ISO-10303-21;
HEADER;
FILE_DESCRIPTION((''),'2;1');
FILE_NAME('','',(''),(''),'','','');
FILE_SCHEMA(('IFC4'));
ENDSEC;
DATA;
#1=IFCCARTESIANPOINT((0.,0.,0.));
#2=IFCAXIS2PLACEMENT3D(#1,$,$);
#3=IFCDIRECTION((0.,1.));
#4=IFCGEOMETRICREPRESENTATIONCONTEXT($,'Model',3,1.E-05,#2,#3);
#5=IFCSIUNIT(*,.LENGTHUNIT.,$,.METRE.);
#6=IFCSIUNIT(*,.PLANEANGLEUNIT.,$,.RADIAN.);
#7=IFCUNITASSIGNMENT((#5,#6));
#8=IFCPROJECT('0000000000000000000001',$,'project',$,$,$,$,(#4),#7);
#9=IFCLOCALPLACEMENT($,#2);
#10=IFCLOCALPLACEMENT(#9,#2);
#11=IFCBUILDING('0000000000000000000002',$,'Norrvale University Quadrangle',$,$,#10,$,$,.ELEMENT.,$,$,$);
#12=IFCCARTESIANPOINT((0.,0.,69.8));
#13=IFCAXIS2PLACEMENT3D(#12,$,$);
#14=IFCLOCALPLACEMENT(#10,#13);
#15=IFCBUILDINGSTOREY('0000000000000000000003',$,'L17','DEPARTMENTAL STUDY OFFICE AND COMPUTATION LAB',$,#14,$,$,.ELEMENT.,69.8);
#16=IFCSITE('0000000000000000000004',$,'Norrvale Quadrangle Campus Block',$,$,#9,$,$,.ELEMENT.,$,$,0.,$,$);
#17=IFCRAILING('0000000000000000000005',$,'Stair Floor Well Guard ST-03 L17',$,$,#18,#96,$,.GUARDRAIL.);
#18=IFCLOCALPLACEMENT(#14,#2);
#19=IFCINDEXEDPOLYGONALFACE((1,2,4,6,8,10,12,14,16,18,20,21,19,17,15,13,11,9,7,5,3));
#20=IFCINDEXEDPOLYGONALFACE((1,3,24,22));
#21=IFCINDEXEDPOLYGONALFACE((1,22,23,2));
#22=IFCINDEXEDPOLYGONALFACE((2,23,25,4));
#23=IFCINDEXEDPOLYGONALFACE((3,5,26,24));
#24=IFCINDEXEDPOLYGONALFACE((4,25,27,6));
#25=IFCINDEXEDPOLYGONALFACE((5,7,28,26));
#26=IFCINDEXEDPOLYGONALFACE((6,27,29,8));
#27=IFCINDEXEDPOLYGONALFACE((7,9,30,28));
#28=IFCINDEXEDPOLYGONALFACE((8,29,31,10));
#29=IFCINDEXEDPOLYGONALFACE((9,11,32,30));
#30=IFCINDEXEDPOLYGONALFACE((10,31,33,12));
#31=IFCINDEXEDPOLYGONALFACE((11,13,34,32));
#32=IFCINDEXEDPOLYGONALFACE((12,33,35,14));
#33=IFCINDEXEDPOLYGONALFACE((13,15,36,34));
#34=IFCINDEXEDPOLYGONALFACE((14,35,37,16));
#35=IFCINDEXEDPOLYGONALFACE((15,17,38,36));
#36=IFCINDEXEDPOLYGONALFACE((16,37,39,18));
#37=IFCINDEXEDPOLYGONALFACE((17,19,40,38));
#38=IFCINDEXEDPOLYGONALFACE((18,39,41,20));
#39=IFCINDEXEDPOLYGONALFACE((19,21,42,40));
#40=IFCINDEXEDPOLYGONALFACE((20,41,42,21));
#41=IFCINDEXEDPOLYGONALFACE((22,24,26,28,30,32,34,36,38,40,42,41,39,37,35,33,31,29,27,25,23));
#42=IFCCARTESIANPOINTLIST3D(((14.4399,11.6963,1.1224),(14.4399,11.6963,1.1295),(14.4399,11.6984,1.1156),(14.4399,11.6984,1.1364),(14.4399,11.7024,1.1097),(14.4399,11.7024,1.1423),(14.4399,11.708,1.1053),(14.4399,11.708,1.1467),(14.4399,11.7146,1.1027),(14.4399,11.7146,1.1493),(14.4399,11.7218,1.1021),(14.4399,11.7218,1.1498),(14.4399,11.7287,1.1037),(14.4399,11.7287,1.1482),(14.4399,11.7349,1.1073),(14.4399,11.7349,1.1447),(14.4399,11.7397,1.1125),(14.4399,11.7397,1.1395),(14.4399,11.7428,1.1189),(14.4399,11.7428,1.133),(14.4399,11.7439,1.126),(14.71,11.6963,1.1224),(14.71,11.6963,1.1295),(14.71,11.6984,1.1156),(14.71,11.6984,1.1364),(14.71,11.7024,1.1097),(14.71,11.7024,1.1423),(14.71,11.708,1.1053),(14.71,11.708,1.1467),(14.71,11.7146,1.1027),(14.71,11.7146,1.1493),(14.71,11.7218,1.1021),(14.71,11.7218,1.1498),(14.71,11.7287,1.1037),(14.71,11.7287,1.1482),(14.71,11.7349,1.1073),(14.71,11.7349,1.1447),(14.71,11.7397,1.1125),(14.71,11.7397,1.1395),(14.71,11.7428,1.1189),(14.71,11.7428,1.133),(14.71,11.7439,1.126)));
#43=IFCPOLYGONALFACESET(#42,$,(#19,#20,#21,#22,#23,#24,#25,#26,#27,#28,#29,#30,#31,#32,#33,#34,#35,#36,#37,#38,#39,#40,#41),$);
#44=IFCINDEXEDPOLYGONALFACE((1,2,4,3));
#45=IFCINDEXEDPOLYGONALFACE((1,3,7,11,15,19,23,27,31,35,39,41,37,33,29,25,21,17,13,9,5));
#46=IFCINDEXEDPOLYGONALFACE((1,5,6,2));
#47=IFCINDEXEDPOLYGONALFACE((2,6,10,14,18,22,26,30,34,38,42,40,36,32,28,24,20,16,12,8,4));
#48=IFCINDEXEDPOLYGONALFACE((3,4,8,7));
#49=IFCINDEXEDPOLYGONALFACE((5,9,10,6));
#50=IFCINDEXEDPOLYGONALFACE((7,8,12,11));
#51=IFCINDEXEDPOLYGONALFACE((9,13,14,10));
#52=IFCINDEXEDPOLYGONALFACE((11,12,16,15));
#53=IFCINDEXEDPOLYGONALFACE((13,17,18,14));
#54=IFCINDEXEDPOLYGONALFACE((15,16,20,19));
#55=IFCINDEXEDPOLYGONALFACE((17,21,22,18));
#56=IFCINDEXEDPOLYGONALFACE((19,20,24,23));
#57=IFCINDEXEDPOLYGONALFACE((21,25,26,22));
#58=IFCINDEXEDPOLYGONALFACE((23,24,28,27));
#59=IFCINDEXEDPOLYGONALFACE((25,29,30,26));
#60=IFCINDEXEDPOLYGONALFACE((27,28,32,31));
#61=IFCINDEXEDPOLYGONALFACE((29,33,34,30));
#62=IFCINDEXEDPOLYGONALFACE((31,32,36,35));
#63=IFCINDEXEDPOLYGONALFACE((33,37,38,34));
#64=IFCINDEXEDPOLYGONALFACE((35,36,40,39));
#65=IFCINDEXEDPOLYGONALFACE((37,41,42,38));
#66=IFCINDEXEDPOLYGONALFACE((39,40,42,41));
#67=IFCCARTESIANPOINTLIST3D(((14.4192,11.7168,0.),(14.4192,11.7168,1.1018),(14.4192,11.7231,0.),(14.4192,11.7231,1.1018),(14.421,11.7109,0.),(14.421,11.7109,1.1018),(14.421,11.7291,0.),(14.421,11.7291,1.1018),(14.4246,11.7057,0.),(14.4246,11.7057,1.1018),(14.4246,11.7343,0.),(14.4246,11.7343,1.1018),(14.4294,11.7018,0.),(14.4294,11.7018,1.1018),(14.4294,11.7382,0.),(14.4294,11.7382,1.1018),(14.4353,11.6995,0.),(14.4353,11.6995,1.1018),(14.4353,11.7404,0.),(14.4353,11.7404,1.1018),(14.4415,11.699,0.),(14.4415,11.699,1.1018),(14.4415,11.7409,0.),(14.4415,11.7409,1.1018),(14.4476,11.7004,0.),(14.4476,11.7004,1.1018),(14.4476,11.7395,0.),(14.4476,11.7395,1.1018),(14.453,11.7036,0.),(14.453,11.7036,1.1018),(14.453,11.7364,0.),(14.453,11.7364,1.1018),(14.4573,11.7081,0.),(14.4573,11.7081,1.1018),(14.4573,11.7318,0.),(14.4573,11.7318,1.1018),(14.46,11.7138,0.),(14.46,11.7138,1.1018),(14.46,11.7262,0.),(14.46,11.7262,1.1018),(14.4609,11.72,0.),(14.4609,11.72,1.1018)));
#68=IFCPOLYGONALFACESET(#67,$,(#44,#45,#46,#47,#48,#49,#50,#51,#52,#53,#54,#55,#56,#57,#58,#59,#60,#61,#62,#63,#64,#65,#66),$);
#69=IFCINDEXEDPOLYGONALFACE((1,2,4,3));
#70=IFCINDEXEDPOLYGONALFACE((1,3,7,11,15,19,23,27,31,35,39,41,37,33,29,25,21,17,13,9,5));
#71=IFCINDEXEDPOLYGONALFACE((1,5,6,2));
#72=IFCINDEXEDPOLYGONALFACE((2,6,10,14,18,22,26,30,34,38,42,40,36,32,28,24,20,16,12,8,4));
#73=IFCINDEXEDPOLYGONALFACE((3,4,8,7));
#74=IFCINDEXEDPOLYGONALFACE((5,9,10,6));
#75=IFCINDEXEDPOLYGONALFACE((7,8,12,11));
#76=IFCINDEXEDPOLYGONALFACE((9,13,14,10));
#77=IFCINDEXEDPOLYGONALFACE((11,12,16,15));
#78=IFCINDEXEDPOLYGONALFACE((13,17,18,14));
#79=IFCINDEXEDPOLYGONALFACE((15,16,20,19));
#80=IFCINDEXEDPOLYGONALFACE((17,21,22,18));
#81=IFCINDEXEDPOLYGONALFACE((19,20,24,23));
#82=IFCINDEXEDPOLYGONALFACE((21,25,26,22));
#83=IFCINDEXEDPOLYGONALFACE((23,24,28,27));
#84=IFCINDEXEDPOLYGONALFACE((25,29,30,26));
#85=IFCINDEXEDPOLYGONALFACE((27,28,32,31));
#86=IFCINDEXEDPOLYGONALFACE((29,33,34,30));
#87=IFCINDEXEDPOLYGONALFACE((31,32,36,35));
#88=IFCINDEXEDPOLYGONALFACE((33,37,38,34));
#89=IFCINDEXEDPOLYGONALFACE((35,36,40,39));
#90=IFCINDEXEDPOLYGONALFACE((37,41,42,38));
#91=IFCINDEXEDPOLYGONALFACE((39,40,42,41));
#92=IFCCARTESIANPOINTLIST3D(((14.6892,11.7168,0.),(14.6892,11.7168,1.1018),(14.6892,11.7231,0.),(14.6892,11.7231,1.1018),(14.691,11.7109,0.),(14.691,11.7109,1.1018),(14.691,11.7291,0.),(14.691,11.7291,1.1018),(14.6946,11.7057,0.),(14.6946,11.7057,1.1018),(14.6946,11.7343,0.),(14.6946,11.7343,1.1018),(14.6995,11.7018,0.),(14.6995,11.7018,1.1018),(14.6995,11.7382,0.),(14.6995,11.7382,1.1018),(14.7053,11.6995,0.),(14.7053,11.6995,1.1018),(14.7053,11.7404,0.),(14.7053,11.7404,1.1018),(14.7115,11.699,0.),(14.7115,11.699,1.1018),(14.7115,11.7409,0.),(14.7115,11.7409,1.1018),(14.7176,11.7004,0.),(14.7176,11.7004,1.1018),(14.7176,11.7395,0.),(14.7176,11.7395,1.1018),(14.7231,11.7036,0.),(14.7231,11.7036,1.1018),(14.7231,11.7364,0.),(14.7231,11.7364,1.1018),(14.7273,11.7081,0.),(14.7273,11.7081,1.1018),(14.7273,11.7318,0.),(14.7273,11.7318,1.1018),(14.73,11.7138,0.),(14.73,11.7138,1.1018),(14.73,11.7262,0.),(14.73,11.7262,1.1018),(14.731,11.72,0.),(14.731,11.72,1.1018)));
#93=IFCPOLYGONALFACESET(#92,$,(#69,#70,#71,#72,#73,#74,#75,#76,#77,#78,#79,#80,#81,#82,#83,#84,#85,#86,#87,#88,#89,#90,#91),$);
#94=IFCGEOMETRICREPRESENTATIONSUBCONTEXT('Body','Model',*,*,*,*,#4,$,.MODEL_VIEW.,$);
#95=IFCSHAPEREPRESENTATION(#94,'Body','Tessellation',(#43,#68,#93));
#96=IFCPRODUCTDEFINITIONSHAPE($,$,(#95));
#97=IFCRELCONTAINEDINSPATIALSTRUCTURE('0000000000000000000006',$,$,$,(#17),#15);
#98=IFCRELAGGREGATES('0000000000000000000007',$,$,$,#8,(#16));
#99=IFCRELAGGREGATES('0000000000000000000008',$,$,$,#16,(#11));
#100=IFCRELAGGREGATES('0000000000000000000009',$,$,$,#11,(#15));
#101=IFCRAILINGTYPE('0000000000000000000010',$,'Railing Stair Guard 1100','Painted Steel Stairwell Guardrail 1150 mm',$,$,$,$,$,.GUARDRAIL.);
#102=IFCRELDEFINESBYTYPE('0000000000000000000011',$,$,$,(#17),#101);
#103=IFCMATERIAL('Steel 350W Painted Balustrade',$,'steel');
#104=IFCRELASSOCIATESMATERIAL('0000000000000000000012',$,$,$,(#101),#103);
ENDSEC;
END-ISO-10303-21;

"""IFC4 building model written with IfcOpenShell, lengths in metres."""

from ifc_helpers import new_model, si_unit, direction, frame, origin, origin_2d, place, context, subcontext, project, spatial, circle, extrude, material, type_object, element, save


model = new_model("IFC4")

# Units and contexts
model_context = context("Model", 3, precision=1e-05, world=origin(), true_north=direction((0.0, 1.0)))
body_context = subcontext(model_context, "Body", "Model", "MODEL_VIEW")
ifc_project = project(units=[si_unit("LENGTHUNIT", "METRE"), si_unit("PLANEANGLEUNIT", "RADIAN")], contexts=[model_context])

# Site, building, storey
site_placement = place(None, origin())
site = spatial("IfcSite", under=ifc_project, at=site_placement, Name="Norrvale Quadrangle Campus Block", CompositionType="ELEMENT", RefElevation=0.0)
building_placement = place(site_placement, origin())
building = spatial("IfcBuilding", under=site, at=building_placement, Name="Norrvale University Quadrangle", CompositionType="ELEMENT")
storey_placement = place(building_placement, frame((0.0, 0.0, 69.8)))
storey = spatial("IfcBuildingStorey", under=building, at=storey_placement, Name="L17", Description="DEPARTMENTAL STUDY OFFICE AND COMPUTATION LAB", CompositionType="ELEMENT", Elevation=69.8)

# Railing
ifc_material_1 = material(Name="Steel 350W Painted Balustrade", Category="steel")
railing_type = type_object("IfcRailingType", Name="Railing Stair Guard 1100", Description="Painted Steel Stairwell Guardrail 1150 mm", PredefinedType="GUARDRAIL", material=ifc_material_1)
railing_placement = place(storey_placement, frame((14.4399, 11.72, 0.0)))
element("IfcRailing", 1, at=railing_placement, inside=storey, type_object=railing_type, Name="Stair Floor Well Guard ST-03 L17", PredefinedType="GUARDRAIL", context=body_context, shape_type="SweptSolid", body=[
    extrude(circle(Radius=0.0239, at=origin_2d()), frame((0.0, 0.0, 1.126), z_axis=(1.0, 0.0, 0.0), x_axis=(0.0, 1.0, 0.0)), (0.0, 0.0, 1.0), 0.27),
    extrude(circle(Radius=0.021, at=origin_2d()), origin(), (0.0, 0.0, 1.0), 1.1018),
    extrude(circle(Radius=0.021, at=origin_2d()), frame((0.27, 0.0, 0.0)), (0.0, 0.0, 1.0), 1.1018),
])

save(model, "model.ifc")
